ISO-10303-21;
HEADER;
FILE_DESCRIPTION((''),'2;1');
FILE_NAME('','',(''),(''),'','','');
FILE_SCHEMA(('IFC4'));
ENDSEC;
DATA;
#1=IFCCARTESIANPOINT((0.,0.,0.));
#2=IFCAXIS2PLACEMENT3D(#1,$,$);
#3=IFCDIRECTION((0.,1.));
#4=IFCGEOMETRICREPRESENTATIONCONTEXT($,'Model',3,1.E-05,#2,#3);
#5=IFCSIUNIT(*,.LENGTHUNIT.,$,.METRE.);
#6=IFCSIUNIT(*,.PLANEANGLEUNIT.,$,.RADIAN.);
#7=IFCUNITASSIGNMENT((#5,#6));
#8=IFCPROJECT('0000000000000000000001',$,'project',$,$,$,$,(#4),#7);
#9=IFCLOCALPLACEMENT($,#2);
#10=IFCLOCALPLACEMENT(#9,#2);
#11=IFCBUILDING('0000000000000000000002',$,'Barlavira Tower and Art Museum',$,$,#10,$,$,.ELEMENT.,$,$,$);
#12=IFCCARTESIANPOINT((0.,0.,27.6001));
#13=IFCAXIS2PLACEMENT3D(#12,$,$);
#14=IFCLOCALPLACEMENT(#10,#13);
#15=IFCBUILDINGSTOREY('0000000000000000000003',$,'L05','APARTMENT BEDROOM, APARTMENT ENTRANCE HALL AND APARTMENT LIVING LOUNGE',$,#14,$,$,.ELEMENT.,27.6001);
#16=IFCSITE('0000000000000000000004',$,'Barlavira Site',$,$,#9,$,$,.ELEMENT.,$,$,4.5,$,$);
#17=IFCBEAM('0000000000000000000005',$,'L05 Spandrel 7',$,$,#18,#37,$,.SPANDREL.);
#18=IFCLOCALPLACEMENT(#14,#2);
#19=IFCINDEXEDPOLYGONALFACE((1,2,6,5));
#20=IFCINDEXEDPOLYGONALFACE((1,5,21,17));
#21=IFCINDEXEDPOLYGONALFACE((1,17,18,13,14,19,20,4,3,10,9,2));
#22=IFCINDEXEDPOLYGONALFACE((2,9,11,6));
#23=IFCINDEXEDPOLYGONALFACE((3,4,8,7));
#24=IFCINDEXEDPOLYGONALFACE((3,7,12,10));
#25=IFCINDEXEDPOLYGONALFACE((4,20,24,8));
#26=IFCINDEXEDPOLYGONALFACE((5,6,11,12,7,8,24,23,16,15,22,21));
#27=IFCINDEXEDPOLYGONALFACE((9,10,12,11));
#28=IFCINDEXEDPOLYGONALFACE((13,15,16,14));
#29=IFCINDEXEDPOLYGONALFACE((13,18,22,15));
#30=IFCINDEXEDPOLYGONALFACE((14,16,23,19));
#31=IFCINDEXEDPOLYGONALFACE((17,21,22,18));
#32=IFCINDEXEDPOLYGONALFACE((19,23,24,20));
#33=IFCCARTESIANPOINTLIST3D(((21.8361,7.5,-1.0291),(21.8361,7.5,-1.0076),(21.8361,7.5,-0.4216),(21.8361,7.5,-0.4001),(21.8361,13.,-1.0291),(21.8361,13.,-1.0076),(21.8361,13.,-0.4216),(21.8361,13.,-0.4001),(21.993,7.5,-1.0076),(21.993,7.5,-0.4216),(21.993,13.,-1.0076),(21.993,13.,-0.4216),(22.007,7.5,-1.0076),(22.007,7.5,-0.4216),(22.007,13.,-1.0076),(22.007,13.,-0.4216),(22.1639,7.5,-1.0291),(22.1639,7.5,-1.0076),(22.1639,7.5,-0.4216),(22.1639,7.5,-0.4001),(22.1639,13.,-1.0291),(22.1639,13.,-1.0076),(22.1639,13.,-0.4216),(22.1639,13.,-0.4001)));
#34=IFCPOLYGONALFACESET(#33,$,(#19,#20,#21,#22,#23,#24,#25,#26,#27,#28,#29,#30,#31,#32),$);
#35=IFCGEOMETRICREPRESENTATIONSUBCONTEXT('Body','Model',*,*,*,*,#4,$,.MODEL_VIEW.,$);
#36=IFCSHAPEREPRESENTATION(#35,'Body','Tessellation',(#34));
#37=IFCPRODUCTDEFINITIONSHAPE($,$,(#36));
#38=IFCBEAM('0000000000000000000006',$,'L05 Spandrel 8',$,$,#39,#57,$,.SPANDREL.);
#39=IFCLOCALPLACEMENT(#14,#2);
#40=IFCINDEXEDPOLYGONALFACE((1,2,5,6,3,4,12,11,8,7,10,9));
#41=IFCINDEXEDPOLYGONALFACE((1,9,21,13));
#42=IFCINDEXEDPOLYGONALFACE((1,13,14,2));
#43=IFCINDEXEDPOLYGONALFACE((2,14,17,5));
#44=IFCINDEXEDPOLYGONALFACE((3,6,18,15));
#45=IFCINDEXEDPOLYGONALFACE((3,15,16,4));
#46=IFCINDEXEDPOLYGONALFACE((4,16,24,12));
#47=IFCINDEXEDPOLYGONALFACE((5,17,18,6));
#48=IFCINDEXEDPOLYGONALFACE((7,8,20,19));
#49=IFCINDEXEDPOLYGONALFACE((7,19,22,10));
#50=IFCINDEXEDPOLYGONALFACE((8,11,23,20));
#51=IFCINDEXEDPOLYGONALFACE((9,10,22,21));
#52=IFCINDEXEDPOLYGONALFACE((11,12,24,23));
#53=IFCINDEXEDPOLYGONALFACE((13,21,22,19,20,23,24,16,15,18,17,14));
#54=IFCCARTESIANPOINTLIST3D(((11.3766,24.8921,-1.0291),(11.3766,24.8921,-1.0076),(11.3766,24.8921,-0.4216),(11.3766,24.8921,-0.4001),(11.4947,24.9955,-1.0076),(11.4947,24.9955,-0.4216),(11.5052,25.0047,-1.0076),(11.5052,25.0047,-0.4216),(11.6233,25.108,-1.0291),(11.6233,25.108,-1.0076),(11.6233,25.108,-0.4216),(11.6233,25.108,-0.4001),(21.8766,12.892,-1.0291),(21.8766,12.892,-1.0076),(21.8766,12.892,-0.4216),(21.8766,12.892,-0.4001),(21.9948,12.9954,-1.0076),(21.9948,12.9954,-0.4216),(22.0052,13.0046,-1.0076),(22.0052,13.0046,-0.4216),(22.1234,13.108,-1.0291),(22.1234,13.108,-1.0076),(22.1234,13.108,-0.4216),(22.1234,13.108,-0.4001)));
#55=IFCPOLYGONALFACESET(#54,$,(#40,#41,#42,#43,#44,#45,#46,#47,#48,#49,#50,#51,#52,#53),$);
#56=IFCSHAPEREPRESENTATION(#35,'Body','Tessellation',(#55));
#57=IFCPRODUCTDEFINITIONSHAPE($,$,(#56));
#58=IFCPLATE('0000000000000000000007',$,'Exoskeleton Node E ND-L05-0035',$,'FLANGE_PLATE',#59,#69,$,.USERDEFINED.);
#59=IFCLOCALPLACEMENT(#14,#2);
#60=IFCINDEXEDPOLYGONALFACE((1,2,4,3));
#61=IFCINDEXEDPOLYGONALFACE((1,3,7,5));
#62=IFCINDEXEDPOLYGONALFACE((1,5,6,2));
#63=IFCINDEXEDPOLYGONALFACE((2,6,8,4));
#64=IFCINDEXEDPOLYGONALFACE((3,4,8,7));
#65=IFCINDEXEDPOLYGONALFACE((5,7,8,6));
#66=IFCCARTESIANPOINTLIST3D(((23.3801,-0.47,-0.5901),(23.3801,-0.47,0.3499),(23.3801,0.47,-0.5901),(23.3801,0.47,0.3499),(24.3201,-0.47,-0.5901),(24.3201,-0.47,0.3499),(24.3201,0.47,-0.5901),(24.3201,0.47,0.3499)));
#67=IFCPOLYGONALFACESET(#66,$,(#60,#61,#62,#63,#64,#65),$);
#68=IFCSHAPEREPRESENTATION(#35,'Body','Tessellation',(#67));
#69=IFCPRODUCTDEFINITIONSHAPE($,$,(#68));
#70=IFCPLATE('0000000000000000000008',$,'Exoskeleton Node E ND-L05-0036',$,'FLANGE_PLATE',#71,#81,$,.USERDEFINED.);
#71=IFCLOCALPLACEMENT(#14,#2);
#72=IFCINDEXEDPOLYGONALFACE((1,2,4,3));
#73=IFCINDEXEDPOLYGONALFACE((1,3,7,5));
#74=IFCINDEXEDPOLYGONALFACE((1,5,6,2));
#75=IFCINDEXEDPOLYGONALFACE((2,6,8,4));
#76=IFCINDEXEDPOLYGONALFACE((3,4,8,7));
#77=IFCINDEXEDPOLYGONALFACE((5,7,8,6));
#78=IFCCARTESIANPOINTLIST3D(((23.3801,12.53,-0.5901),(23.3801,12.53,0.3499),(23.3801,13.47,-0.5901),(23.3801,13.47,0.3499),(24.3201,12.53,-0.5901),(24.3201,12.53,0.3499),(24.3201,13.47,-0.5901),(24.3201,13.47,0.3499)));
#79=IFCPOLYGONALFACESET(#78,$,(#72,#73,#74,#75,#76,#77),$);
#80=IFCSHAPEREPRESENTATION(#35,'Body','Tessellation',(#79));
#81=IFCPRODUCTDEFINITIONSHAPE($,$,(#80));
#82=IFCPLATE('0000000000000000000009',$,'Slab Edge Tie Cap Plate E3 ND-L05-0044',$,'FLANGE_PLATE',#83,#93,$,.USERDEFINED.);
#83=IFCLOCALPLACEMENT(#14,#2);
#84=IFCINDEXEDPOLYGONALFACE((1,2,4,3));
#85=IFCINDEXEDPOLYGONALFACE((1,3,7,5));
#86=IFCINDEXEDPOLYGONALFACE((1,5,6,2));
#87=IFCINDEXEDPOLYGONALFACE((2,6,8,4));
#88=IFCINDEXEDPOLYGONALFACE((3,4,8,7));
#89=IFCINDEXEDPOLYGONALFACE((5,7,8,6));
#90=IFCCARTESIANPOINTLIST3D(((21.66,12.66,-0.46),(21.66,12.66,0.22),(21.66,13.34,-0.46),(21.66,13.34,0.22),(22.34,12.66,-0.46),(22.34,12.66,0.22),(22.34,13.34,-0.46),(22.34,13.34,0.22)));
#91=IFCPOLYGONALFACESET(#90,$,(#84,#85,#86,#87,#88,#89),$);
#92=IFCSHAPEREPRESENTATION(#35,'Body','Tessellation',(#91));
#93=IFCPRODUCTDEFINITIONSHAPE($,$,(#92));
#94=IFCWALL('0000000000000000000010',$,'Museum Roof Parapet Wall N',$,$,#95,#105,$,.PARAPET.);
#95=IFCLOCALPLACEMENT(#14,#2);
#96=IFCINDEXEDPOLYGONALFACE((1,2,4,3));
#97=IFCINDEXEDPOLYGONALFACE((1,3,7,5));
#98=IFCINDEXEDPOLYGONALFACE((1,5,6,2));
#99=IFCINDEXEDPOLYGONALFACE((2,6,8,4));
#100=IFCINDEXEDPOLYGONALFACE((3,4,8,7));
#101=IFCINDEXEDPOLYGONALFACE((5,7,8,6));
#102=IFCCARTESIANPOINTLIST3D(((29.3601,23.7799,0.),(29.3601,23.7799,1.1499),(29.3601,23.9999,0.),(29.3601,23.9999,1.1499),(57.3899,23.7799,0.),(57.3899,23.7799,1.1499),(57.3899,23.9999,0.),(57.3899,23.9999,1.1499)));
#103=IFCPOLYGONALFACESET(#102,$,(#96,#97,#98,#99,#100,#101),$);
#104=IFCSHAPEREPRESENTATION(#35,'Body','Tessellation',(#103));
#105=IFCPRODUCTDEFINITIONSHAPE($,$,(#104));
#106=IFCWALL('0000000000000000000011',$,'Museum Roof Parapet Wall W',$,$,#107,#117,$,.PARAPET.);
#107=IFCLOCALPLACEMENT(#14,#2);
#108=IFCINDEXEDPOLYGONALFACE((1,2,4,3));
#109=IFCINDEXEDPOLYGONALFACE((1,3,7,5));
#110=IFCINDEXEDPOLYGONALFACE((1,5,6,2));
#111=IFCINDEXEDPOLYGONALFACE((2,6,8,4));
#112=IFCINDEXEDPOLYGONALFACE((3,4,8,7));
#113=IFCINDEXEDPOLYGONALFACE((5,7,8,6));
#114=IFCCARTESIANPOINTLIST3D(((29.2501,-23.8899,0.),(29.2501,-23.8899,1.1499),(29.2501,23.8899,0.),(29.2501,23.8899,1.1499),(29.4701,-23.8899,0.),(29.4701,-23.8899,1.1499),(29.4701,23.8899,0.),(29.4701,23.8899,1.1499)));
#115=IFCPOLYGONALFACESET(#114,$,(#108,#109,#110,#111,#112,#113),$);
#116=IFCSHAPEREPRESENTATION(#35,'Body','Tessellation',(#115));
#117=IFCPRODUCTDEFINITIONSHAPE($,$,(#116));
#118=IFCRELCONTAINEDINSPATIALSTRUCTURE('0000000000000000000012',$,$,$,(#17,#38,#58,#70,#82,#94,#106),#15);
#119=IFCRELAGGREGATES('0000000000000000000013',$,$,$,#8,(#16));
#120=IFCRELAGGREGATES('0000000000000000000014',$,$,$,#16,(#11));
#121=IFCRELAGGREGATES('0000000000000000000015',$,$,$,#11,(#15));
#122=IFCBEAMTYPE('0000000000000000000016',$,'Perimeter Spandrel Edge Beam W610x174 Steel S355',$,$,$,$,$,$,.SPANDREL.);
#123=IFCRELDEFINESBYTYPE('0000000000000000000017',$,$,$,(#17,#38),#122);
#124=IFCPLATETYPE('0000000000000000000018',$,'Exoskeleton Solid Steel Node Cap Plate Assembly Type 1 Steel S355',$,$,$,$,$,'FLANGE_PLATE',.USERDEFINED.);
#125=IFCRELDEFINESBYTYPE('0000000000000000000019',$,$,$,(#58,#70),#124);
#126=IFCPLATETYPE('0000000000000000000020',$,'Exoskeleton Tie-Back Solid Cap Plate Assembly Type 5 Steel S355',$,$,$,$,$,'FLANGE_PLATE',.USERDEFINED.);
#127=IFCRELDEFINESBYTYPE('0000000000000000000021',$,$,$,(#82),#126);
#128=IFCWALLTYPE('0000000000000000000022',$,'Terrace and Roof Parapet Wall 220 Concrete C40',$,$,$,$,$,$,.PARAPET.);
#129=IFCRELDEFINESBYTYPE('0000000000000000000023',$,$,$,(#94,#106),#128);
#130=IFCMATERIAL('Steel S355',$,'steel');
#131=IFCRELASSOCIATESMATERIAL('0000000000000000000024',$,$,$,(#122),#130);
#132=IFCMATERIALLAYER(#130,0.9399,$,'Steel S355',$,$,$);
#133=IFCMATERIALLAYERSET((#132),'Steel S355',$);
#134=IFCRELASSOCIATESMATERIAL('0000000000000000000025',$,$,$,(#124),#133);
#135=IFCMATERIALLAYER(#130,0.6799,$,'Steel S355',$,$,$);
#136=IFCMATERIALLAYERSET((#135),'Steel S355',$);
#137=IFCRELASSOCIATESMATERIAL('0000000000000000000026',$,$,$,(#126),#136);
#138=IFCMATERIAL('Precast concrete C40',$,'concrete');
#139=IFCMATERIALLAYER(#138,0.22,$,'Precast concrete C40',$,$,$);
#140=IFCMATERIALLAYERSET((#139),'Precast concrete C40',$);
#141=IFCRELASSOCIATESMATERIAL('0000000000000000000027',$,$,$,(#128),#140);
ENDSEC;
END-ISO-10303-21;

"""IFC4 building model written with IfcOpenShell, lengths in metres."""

from ifc_helpers import new_model, si_unit, direction, frame, frame_2d, origin, origin_2d, place, context, subcontext, project, spatial, rectangle, i_section, extrude, material, layer, layer_set, material_profile, profile_set, type_object, element, save


model = new_model("IFC4")

# Units and contexts
model_context = context("Model", 3, precision=1e-05, world=origin(), true_north=direction((0.0, 1.0)))
body_context = subcontext(model_context, "Body", "Model", "MODEL_VIEW")
ifc_project = project(units=[si_unit("LENGTHUNIT", "METRE"), si_unit("PLANEANGLEUNIT", "RADIAN")], contexts=[model_context])

# Site, building, storey
site_placement = place(None, origin())
site = spatial("IfcSite", under=ifc_project, at=site_placement, Name="Barlavira Site", CompositionType="ELEMENT", RefElevation=4.5)
building_placement = place(site_placement, origin())
building = spatial("IfcBuilding", under=site, at=building_placement, Name="Barlavira Tower and Art Museum", CompositionType="ELEMENT")
storey_placement = place(building_placement, frame((0.0, 0.0, 27.6001)))
storey = spatial("IfcBuildingStorey", under=building, at=storey_placement, Name="L05", Description="APARTMENT BEDROOM, APARTMENT ENTRANCE HALL AND APARTMENT LIVING LOUNGE", CompositionType="ELEMENT", Elevation=27.6001)

# Shared definitions
ifc_material_1 = material(Name="Steel S355", Category="steel")

# Beams
ifc_material_profile_1 = material_profile(ifc_material_1, i_section(OverallWidth=0.3279, OverallDepth=0.6289, WebThickness=0.0139, FlangeThickness=0.0215, at=origin_2d()), Name="W610x174.0")
ifc_profile_set_1 = profile_set([ifc_material_profile_1], Name="Steel S355")
beam_type_1 = type_object("IfcBeamType", Name="Perimeter Spandrel Edge Beam W610x174 Steel S355", PredefinedType="SPANDREL", material=ifc_profile_set_1)
beam_1_placement = place(storey_placement, frame((22.0, 7.5, -0.7146), z_axis=(0.0, 1.0, 0.0), x_axis=(-1.0, 0.0, 0.0)))
element("IfcBeam", 1, at=beam_1_placement, inside=storey, type_object=beam_type_1, Name="L05 Spandrel 7", PredefinedType="SPANDREL", context=body_context, shape_type="SweptSolid", body=[
    extrude(i_section(OverallWidth=0.3279, OverallDepth=0.6289, WebThickness=0.0139, FlangeThickness=0.0215, at=origin_2d()), origin(), (0.0, 0.0, 1.0), 5.5),
])
beam_2_placement = place(storey_placement, frame((22.0, 13.0, -0.7146), z_axis=(-0.658505, 0.752577, 0.0), x_axis=(-0.752577, -0.658505, 0.0)))
element("IfcBeam", 2, at=beam_2_placement, inside=storey, type_object=beam_type_1, Name="L05 Spandrel 8", PredefinedType="SPANDREL", context=body_context, shape_type="SweptSolid", body=[
    extrude(i_section(OverallWidth=0.3279, OverallDepth=0.6289, WebThickness=0.0139, FlangeThickness=0.0215, at=origin_2d()), origin(), (0.0, 0.0, 1.0), 15.9453),
])

# Plates
ifc_layer_1 = layer(ifc_material_1, 0.9399, Name="Steel S355")
ifc_layer_set_1 = layer_set([ifc_layer_1], Name="Steel S355")
plate_type_1 = type_object("IfcPlateType", Name="Exoskeleton Solid Steel Node Cap Plate Assembly Type 1 Steel S355", ElementType="FLANGE_PLATE", PredefinedType="USERDEFINED", material=ifc_layer_set_1)
for number, where, z_axis, x_axis, name in (
    (3, (23.8501, 0.0, -0.5901), (0.0, 0.0, 1.0), (1.0, 0.0, 0.0), "Exoskeleton Node E ND-L05-0035"),
    (4, (23.8501, 13.0, -0.5901), (0.0, 0.0, 1.0), (1.0, 0.0, 0.0), "Exoskeleton Node E ND-L05-0036"),
):
    element("IfcPlate", number, at=place(storey_placement, frame(where, z_axis=z_axis, x_axis=x_axis)), inside=storey, type_object=plate_type_1, Name=name, ObjectType="FLANGE_PLATE", PredefinedType="USERDEFINED", context=body_context, shape_type="SweptSolid", body=[
        extrude(rectangle(XDim=0.9399, YDim=0.9399, at=origin_2d()), origin(), (0.0, 0.0, 1.0), 0.9399),
    ])
ifc_layer_2 = layer(ifc_material_1, 0.6799, Name="Steel S355")
ifc_layer_set_2 = layer_set([ifc_layer_2], Name="Steel S355")
plate_type_2 = type_object("IfcPlateType", Name="Exoskeleton Tie-Back Solid Cap Plate Assembly Type 5 Steel S355", ElementType="FLANGE_PLATE", PredefinedType="USERDEFINED", material=ifc_layer_set_2)
plate_placement = place(storey_placement, frame((22.0, 13.0, -0.46), z_axis=(0.0, 0.0, 1.0), x_axis=(1.0, 0.0, 0.0)))
element("IfcPlate", 5, at=plate_placement, inside=storey, type_object=plate_type_2, Name="Slab Edge Tie Cap Plate E3 ND-L05-0044", ObjectType="FLANGE_PLATE", PredefinedType="USERDEFINED", context=body_context, shape_type="SweptSolid", body=[
    extrude(rectangle(XDim=0.6799, YDim=0.6799, at=origin_2d()), origin(), (0.0, 0.0, 1.0), 0.6799),
])

# Walls
ifc_material_2 = material(Name="Precast concrete C40", Category="concrete")
ifc_layer_3 = layer(ifc_material_2, 0.22, Name="Precast concrete C40")
ifc_layer_set_3 = layer_set([ifc_layer_3], Name="Precast concrete C40")
wall_type = type_object("IfcWallType", Name="Terrace and Roof Parapet Wall 220 Concrete C40", PredefinedType="PARAPET", material=ifc_layer_set_3)
wall_1_placement = place(storey_placement, frame((57.3899, 23.8899, 0.0), z_axis=(0.0, 0.0, 1.0), x_axis=(-1.0, 0.0, 0.0)))
element("IfcWall", 6, at=wall_1_placement, inside=storey, type_object=wall_type, Name="Museum Roof Parapet Wall N", PredefinedType="PARAPET", context=body_context, shape_type="SweptSolid", body=[
    extrude(rectangle(XDim=28.0298, YDim=0.22, at=frame_2d((14.0149, 0.0))), origin(), (0.0, 0.0, 1.0), 1.1499),
])
wall_2_placement = place(storey_placement, frame((29.3601, 23.8899, 0.0), z_axis=(0.0, 0.0, 1.0), x_axis=(0.0, -1.0, 0.0)))
element("IfcWall", 7, at=wall_2_placement, inside=storey, type_object=wall_type, Name="Museum Roof Parapet Wall W", PredefinedType="PARAPET", context=body_context, shape_type="SweptSolid", body=[
    extrude(rectangle(XDim=47.7798, YDim=0.22, at=frame_2d((23.8899, 0.0))), origin(), (0.0, 0.0, 1.0), 1.1499),
])

save(model, "model.ifc")
